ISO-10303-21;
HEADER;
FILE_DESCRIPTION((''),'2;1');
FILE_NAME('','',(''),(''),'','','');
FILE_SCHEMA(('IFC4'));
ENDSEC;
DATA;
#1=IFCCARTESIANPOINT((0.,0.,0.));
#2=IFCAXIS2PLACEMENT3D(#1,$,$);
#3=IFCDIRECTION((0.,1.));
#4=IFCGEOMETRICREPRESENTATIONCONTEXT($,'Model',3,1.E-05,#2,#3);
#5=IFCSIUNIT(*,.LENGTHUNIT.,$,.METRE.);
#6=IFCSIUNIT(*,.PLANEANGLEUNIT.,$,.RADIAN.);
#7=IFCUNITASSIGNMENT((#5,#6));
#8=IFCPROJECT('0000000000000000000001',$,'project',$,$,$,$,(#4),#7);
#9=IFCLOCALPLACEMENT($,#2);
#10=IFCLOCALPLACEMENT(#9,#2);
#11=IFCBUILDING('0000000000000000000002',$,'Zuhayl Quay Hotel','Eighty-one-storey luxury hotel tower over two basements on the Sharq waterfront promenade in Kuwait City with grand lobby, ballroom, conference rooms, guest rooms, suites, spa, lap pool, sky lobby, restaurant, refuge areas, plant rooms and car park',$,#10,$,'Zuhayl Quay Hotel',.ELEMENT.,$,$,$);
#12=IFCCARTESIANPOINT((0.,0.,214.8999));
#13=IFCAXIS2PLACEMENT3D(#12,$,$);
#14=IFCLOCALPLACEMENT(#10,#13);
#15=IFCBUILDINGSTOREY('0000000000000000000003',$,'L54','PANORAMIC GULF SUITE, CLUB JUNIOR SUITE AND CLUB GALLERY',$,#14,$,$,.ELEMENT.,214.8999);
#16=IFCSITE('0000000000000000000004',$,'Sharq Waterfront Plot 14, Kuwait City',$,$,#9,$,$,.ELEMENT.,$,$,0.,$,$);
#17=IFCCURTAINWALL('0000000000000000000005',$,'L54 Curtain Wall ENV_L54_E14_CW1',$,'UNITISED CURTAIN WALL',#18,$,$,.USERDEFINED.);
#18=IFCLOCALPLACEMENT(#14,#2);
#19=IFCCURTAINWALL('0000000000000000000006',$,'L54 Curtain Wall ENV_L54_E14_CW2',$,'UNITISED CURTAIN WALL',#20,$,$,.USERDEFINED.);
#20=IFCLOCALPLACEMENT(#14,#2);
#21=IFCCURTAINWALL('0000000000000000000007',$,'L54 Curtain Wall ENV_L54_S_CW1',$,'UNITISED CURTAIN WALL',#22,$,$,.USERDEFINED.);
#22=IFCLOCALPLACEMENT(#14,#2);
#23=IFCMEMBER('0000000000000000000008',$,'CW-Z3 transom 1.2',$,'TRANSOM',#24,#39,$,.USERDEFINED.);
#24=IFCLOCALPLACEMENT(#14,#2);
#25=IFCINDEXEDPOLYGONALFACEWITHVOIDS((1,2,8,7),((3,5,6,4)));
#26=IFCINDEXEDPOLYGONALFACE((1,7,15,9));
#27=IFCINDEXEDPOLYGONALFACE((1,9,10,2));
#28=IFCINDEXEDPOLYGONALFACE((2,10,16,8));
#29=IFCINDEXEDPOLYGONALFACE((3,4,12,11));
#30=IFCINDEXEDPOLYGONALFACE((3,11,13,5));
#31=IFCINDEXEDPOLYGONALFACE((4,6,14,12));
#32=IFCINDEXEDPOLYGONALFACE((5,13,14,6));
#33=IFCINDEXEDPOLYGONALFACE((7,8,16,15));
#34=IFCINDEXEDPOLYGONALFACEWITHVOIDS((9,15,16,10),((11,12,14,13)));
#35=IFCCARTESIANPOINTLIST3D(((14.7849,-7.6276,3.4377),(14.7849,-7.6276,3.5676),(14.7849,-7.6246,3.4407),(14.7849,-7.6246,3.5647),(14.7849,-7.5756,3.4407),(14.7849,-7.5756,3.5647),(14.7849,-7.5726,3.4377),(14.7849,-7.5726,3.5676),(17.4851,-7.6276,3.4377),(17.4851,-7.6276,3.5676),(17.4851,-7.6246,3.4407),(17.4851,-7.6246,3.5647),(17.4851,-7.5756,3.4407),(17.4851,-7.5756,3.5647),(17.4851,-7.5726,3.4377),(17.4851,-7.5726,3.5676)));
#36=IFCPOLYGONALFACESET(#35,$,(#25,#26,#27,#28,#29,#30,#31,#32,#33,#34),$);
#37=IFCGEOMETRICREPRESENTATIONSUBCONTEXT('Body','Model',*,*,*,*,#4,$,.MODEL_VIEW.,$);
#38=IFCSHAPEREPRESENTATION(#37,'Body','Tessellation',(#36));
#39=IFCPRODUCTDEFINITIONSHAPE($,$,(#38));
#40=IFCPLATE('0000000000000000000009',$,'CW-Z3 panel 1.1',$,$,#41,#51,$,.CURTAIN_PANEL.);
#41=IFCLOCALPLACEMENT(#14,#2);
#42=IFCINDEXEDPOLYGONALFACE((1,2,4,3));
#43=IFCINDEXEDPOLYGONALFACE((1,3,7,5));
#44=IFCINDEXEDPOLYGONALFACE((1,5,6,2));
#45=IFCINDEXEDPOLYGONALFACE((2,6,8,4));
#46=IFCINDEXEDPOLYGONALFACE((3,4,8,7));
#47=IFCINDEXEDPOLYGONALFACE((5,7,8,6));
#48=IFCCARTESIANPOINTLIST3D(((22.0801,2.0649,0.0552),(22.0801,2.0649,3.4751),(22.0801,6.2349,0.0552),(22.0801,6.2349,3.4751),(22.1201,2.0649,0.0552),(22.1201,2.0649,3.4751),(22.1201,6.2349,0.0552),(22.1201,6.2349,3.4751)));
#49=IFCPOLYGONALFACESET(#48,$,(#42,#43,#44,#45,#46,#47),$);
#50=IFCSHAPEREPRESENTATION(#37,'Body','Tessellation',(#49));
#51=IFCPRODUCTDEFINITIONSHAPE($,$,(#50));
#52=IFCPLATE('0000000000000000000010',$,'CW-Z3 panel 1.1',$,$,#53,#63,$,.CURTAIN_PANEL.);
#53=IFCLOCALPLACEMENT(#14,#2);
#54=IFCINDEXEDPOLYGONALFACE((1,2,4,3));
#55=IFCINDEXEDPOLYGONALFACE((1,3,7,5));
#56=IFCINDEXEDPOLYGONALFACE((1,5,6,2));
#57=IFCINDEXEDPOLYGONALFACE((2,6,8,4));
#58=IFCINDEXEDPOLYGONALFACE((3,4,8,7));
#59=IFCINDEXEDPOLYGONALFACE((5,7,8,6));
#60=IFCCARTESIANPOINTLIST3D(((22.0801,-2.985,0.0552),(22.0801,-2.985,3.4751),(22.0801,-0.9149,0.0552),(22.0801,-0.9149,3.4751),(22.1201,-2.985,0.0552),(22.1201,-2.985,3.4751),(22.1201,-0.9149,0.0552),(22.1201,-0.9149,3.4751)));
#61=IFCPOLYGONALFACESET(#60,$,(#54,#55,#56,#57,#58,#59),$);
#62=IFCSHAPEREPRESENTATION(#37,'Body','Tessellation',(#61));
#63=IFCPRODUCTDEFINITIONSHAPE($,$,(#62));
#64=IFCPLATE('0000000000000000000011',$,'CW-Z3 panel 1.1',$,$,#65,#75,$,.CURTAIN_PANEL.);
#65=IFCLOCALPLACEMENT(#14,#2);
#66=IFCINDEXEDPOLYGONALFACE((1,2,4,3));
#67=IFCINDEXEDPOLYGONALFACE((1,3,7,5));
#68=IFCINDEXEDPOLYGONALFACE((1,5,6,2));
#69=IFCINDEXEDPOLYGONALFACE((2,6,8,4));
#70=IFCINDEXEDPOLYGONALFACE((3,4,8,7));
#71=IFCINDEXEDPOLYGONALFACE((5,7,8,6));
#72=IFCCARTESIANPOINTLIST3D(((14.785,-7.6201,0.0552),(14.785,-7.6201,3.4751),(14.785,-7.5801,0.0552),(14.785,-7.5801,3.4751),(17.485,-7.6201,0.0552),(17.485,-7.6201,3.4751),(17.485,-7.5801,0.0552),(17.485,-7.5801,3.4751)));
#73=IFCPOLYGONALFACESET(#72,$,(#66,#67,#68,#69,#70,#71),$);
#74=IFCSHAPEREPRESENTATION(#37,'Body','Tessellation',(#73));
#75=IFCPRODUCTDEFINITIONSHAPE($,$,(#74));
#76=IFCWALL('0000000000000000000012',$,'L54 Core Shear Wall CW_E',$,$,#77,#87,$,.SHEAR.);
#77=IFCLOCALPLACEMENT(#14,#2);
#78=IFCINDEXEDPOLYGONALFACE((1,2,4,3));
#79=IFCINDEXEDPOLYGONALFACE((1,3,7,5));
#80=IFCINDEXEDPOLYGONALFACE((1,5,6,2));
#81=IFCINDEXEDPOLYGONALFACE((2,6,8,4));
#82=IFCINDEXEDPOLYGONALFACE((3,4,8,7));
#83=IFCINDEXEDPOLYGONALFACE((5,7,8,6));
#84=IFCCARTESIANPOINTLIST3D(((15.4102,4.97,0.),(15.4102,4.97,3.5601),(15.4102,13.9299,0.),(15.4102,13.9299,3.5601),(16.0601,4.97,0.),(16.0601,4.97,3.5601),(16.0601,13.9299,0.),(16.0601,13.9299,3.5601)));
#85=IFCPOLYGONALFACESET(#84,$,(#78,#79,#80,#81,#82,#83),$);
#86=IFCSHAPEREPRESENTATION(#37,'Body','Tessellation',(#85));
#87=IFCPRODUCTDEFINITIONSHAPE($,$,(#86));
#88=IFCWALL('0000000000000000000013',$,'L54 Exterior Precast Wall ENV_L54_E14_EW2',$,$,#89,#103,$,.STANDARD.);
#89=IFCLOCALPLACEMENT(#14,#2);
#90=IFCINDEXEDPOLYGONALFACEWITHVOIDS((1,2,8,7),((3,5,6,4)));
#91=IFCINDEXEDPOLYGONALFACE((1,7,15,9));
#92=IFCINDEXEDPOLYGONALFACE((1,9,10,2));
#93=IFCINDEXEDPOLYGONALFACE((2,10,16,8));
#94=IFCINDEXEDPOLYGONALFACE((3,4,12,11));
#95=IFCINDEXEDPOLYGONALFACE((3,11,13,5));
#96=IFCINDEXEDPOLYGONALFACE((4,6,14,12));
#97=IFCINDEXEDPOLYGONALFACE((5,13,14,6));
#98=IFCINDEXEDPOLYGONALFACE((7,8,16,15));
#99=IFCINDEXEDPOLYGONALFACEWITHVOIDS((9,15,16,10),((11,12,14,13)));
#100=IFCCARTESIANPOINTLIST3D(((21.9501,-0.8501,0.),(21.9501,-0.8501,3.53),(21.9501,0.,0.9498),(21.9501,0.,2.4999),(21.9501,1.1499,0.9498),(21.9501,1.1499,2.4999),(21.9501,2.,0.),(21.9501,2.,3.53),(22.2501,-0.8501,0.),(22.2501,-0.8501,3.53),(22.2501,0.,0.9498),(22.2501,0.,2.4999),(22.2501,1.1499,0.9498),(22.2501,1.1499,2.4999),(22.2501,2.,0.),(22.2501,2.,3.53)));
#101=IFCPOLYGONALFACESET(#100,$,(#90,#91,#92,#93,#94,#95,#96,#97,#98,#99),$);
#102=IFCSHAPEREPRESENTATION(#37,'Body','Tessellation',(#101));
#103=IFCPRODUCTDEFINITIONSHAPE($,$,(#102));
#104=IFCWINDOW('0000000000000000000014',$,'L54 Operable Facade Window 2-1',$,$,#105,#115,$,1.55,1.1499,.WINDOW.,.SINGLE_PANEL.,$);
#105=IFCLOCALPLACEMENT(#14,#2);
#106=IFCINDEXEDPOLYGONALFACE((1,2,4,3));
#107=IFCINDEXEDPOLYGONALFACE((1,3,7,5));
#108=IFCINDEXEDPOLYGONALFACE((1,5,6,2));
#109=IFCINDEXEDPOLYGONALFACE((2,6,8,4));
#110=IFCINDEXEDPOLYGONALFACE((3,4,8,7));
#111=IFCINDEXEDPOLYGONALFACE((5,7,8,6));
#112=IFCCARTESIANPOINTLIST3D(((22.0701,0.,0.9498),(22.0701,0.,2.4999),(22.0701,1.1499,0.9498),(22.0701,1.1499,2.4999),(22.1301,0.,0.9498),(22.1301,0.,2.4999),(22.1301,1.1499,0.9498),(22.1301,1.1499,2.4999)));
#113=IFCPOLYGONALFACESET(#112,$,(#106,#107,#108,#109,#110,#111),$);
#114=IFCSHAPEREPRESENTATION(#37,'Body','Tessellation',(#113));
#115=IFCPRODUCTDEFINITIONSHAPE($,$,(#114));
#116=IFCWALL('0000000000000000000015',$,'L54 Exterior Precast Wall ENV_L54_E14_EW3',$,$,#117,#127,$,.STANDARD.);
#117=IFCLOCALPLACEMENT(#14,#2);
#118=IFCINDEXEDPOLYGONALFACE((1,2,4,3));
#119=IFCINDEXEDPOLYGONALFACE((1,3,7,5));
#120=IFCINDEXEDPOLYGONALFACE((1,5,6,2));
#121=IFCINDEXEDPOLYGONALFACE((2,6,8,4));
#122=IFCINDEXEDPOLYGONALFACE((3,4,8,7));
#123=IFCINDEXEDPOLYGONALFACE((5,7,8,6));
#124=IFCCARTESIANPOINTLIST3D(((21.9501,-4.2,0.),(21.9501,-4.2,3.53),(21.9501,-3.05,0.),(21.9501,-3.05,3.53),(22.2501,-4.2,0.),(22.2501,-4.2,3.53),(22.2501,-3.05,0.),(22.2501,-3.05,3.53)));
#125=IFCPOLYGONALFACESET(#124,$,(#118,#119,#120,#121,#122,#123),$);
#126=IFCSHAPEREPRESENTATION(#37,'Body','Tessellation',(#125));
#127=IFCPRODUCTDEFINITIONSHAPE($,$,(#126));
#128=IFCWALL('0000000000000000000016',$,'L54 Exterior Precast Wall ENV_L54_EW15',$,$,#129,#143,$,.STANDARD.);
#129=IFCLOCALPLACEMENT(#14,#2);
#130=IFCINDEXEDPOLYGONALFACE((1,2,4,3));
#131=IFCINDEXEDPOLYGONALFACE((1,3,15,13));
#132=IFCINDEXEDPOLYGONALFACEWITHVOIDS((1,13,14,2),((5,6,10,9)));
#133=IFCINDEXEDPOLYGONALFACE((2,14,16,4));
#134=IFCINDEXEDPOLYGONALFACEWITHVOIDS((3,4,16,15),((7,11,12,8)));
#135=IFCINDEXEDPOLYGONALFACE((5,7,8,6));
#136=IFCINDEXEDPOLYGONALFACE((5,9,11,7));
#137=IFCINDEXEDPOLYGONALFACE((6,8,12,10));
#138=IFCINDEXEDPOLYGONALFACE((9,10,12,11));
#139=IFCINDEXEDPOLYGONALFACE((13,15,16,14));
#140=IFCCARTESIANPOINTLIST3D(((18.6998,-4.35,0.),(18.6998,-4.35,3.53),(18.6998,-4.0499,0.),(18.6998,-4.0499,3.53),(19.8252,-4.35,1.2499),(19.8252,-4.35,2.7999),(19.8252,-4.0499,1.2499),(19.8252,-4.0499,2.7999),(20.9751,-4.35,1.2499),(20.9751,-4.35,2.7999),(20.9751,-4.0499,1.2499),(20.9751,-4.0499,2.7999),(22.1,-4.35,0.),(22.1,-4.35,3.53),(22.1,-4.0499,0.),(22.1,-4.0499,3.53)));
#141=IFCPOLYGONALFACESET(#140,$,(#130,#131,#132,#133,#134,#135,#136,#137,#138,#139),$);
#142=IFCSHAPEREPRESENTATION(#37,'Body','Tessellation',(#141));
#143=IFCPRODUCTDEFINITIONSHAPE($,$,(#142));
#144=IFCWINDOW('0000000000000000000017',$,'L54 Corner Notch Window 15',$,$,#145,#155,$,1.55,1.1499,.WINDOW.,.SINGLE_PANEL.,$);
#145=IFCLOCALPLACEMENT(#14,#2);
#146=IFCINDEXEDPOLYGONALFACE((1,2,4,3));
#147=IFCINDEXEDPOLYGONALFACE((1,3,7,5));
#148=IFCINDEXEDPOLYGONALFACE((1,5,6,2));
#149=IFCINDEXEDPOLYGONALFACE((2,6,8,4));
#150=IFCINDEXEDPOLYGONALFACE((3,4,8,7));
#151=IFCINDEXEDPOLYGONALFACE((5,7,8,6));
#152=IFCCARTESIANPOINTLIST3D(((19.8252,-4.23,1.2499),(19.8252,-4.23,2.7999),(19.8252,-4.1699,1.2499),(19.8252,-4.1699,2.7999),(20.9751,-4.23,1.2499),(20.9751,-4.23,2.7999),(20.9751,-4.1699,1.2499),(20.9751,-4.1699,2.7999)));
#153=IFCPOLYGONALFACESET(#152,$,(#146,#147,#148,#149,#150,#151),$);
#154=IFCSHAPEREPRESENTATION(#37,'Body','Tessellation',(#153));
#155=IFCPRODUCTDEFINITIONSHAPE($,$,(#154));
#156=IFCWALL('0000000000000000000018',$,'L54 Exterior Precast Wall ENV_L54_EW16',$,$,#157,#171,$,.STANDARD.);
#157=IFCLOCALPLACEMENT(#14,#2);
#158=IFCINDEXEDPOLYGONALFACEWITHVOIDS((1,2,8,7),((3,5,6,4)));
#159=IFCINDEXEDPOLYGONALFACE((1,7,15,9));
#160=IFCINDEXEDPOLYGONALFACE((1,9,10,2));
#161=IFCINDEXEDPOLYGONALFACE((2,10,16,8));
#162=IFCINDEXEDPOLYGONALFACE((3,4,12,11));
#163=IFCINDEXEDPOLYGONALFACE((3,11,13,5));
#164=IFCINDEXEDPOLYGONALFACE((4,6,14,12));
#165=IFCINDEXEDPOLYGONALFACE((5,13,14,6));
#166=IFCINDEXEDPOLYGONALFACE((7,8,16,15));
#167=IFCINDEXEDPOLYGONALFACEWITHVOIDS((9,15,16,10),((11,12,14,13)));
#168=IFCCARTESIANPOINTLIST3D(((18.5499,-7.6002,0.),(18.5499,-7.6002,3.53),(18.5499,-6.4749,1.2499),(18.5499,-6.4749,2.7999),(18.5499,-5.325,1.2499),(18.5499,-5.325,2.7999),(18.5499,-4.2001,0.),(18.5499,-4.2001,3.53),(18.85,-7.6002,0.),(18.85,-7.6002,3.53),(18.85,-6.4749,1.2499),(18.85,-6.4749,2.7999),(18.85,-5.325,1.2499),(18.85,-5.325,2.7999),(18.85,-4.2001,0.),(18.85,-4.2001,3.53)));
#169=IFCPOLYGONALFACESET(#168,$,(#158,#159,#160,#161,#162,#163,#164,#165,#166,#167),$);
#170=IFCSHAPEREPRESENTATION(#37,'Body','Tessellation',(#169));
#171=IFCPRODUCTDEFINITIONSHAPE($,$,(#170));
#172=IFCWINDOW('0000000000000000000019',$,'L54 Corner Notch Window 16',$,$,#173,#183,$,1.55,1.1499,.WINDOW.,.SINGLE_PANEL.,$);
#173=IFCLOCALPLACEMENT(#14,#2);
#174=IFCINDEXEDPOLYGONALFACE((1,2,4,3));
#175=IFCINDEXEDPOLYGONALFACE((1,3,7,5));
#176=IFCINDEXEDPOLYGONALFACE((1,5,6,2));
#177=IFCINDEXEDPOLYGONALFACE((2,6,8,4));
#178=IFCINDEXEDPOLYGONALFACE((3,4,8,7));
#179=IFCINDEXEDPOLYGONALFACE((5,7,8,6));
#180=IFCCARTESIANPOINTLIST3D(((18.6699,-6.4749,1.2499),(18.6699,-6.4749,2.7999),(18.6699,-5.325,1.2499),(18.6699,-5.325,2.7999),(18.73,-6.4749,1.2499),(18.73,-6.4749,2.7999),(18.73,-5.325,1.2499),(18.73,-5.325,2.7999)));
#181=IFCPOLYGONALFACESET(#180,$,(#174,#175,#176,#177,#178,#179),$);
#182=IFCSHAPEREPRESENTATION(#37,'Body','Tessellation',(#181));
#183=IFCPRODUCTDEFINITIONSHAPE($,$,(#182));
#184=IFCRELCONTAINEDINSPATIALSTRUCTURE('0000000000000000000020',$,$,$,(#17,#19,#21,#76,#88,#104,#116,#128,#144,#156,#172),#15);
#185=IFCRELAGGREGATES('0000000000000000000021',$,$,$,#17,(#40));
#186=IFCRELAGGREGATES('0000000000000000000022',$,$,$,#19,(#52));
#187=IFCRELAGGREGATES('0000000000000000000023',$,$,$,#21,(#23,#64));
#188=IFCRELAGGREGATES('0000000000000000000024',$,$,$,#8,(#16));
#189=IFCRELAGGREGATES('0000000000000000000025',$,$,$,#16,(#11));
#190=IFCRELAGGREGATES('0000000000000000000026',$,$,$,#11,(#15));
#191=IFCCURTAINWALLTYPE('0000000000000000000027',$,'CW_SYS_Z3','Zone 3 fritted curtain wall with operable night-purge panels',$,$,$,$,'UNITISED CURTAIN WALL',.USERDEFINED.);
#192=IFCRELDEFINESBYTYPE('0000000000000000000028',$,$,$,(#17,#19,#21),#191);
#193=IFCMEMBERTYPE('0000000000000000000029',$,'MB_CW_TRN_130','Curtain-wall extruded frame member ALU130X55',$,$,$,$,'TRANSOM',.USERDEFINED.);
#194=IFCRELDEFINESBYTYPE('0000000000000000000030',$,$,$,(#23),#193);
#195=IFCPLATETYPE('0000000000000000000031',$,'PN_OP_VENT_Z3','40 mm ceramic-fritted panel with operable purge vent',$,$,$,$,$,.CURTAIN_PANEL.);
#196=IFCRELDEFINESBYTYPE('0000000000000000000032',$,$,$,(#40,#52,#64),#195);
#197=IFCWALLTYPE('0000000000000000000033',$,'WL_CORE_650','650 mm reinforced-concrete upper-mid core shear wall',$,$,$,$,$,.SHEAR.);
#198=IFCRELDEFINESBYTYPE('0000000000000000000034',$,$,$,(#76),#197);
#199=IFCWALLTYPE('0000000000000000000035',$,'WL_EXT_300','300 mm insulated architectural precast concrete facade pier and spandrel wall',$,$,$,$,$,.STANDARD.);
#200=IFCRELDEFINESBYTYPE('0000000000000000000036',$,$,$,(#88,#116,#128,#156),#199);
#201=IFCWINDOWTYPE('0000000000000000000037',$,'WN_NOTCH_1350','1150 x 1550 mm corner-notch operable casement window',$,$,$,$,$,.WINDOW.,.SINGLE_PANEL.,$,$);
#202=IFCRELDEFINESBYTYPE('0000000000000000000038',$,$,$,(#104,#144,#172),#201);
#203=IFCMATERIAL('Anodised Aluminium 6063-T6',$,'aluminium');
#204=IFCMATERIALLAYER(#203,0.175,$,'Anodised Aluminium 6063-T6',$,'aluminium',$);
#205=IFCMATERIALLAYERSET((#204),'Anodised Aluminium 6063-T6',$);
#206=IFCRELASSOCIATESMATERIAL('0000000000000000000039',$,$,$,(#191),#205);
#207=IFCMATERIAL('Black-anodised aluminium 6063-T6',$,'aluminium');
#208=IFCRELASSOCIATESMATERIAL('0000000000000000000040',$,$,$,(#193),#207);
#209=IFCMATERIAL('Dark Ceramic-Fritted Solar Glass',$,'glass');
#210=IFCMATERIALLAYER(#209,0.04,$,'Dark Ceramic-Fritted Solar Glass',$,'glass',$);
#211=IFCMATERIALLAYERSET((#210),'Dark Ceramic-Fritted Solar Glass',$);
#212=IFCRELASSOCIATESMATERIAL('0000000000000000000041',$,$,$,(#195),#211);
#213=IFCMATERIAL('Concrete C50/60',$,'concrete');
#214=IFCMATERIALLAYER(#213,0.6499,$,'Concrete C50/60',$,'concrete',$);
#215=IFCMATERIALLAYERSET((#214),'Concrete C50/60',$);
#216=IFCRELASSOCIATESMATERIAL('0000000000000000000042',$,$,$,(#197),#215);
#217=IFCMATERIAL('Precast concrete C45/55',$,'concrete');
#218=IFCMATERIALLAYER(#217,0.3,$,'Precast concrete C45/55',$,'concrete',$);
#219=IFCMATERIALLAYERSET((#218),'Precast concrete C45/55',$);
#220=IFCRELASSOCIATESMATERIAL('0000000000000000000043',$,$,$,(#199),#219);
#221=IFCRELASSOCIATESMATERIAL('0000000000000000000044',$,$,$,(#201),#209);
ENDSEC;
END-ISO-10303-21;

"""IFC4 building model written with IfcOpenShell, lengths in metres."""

from ifc_helpers import new_model, si_unit, direction, frame, frame_2d, origin, origin_2d, place, context, subcontext, project, spatial, rectangle, hollow_rectangle, extrude, material, layer, layer_set, material_profile, profile_set, type_object, element, fill, aggregate, save


model = new_model("IFC4")

# Units and contexts
model_context = context("Model", 3, precision=1e-05, world=origin(), true_north=direction((0.0, 1.0)))
body_context = subcontext(model_context, "Body", "Model", "MODEL_VIEW")
ifc_project = project(units=[si_unit("LENGTHUNIT", "METRE"), si_unit("PLANEANGLEUNIT", "RADIAN")], contexts=[model_context])

# Site, building, storey
site_placement = place(None, origin())
site = spatial("IfcSite", under=ifc_project, at=site_placement, Name="Sharq Waterfront Plot 14, Kuwait City", CompositionType="ELEMENT", RefElevation=0.0)
building_placement = place(site_placement, origin())
building = spatial("IfcBuilding", under=site, at=building_placement, Name="Zuhayl Quay Hotel", Description="Eighty-one-storey luxury hotel tower over two basements on the Sharq waterfront promenade in Kuwait City with grand lobby, ballroom, conference rooms, guest rooms, suites, spa, lap pool, sky lobby, restaurant, refuge areas, plant rooms and car park", LongName="Zuhayl Quay Hotel", CompositionType="ELEMENT")
storey_placement = place(building_placement, frame((0.0, 0.0, 214.8999)))
storey = spatial("IfcBuildingStorey", under=building, at=storey_placement, Name="L54", Description="PANORAMIC GULF SUITE, CLUB JUNIOR SUITE AND CLUB GALLERY", CompositionType="ELEMENT", Elevation=214.8999)

# Curtain walls
ifc_material_1 = material(Name="Anodised Aluminium 6063-T6", Category="aluminium")
ifc_layer_1 = layer(ifc_material_1, 0.175, Name="Anodised Aluminium 6063-T6", Category="aluminium")
ifc_layer_set_1 = layer_set([ifc_layer_1], Name="Anodised Aluminium 6063-T6")
curtain_wall_type = type_object("IfcCurtainWallType", Name="CW_SYS_Z3", Description="Zone 3 fritted curtain wall with operable night-purge panels", ElementType="UNITISED CURTAIN WALL", PredefinedType="USERDEFINED", material=ifc_layer_set_1)
curtain_wall_1_placement = place(storey_placement, origin())
curtain_wall_1 = element("IfcCurtainWall", 1, at=curtain_wall_1_placement, inside=storey, type_object=curtain_wall_type, Name="L54 Curtain Wall ENV_L54_E14_CW1", ObjectType="UNITISED CURTAIN WALL", PredefinedType="USERDEFINED")
ifc_material_2 = material(Name="Black-anodised aluminium 6063-T6", Category="aluminium")
curtain_wall_2_placement = place(storey_placement, origin())
curtain_wall_2 = element("IfcCurtainWall", 2, at=curtain_wall_2_placement, inside=storey, type_object=curtain_wall_type, Name="L54 Curtain Wall ENV_L54_E14_CW2", ObjectType="UNITISED CURTAIN WALL", PredefinedType="USERDEFINED")
curtain_wall_3_placement = place(storey_placement, origin())
curtain_wall_3 = element("IfcCurtainWall", 3, at=curtain_wall_3_placement, inside=storey, type_object=curtain_wall_type, Name="L54 Curtain Wall ENV_L54_S_CW1", ObjectType="UNITISED CURTAIN WALL", PredefinedType="USERDEFINED")

# Member
ifc_material_profile_1 = material_profile(ifc_material_2, hollow_rectangle(XDim=0.0549, YDim=0.1299, WallThickness=0.0029, at=origin_2d()), Name="ALU130X55")
ifc_profile_set_1 = profile_set([ifc_material_profile_1], Name="Black-anodised aluminium 6063-T6")
member_type_1 = type_object("IfcMemberType", Name="MB_CW_TRN_130", Description="Curtain-wall extruded frame member ALU130X55", ElementType="TRANSOM", PredefinedType="USERDEFINED", material=ifc_profile_set_1)
member_1_placement = place(storey_placement, frame((17.4851, -7.6001, 3.5027), z_axis=(-1.0, 0.0, 0.0), x_axis=(0.0, -1.0, 0.0)))
member_1 = element("IfcMember", 4, at=member_1_placement, type_object=member_type_1, Name="CW-Z3 transom 1.2", ObjectType="TRANSOM", PredefinedType="USERDEFINED", context=body_context, shape_type="SweptSolid", body=[
    extrude(hollow_rectangle(XDim=0.0549, YDim=0.1299, WallThickness=0.0029, at=origin_2d()), origin(), (0.0, 0.0, 1.0), 2.7002),
])

# Plates
ifc_material_3 = material(Name="Dark Ceramic-Fritted Solar Glass", Category="glass")
ifc_layer_2 = layer(ifc_material_3, 0.04, Name="Dark Ceramic-Fritted Solar Glass", Category="glass")
ifc_layer_set_2 = layer_set([ifc_layer_2], Name="Dark Ceramic-Fritted Solar Glass")
plate_type = type_object("IfcPlateType", Name="PN_OP_VENT_Z3", Description="40 mm ceramic-fritted panel with operable purge vent", PredefinedType="CURTAIN_PANEL", material=ifc_layer_set_2)
plate_1_placement = place(storey_placement, frame((22.1001, 4.1499, 0.0552), z_axis=(0.0, 0.0, 1.0), x_axis=(0.0, -1.0, 0.0)))
plate_1 = element("IfcPlate", 5, at=plate_1_placement, type_object=plate_type, Name="CW-Z3 panel 1.1", PredefinedType="CURTAIN_PANEL", context=body_context, shape_type="SweptSolid", body=[
    extrude(rectangle(XDim=4.1699, YDim=0.04, at=origin_2d()), origin(), (0.0, 0.0, 1.0), 3.4199),
])
aggregate(curtain_wall_1, [plate_1])
plate_2_placement = place(storey_placement, frame((22.1001, -1.95, 0.0552), z_axis=(0.0, 0.0, 1.0), x_axis=(0.0, -1.0, 0.0)))
plate_2 = element("IfcPlate", 6, at=plate_2_placement, type_object=plate_type, Name="CW-Z3 panel 1.1", PredefinedType="CURTAIN_PANEL", context=body_context, shape_type="SweptSolid", body=[
    extrude(rectangle(XDim=2.0701, YDim=0.04, at=origin_2d()), origin(), (0.0, 0.0, 1.0), 3.4199),
])
aggregate(curtain_wall_2, [plate_2])
plate_3_placement = place(storey_placement, frame((16.135, -7.6001, 0.0552), z_axis=(0.0, 0.0, 1.0), x_axis=(-1.0, 0.0, 0.0)))
plate_3 = element("IfcPlate", 7, at=plate_3_placement, type_object=plate_type, Name="CW-Z3 panel 1.1", PredefinedType="CURTAIN_PANEL", context=body_context, shape_type="SweptSolid", body=[
    extrude(rectangle(XDim=2.7, YDim=0.04, at=origin_2d()), origin(), (0.0, 0.0, 1.0), 3.4199),
])
aggregate(curtain_wall_3, [member_1, plate_3])

# Wall
ifc_material_4 = material(Name="Concrete C50/60", Category="concrete")
ifc_layer_3 = layer(ifc_material_4, 0.6499, Name="Concrete C50/60", Category="concrete")
ifc_layer_set_3 = layer_set([ifc_layer_3], Name="Concrete C50/60")
wall_type_1 = type_object("IfcWallType", Name="WL_CORE_650", Description="650 mm reinforced-concrete upper-mid core shear wall", PredefinedType="SHEAR", material=ifc_layer_set_3)
wall_1_placement = place(storey_placement, frame((15.7351, 4.97, 0.0), z_axis=(0.0, 0.0, 1.0), x_axis=(0.0, 1.0, 0.0)))
element("IfcWall", 8, at=wall_1_placement, inside=storey, type_object=wall_type_1, Name="L54 Core Shear Wall CW_E", PredefinedType="SHEAR", context=body_context, shape_type="SweptSolid", body=[
    extrude(rectangle(XDim=8.96, YDim=0.6499, at=frame_2d((4.48, 0.0))), origin(), (0.0, 0.0, 1.0), 3.5601),
])

# Wall, opening, window
ifc_material_5 = material(Name="Precast concrete C45/55", Category="concrete")
ifc_layer_4 = layer(ifc_material_5, 0.3, Name="Precast concrete C45/55", Category="concrete")
ifc_layer_set_4 = layer_set([ifc_layer_4], Name="Precast concrete C45/55")
wall_type_2 = type_object("IfcWallType", Name="WL_EXT_300", Description="300 mm insulated architectural precast concrete facade pier and spandrel wall", PredefinedType="STANDARD", material=ifc_layer_set_4)
wall_2_placement = place(storey_placement, frame((22.1001, 2.0, 0.0), z_axis=(0.0, 0.0, 1.0), x_axis=(0.0, -1.0, 0.0)))
wall_2 = element("IfcWall", 9, at=wall_2_placement, inside=storey, type_object=wall_type_2, Name="L54 Exterior Precast Wall ENV_L54_E14_EW2", PredefinedType="STANDARD", context=body_context, shape_type="SweptSolid", body=[
    extrude(rectangle(XDim=2.8501, YDim=0.3, at=frame_2d((1.425, 0.0))), origin(), (0.0, 0.0, 1.0), 3.53),
])
opening_1_placement = place(wall_2_placement, frame((0.8501, 0.0, 0.95)))
opening_1 = element("IfcOpeningElement", 10, at=opening_1_placement, cuts=wall_2, PredefinedType="OPENING", context=body_context, shape_type="SweptSolid", body=[
    extrude(rectangle(XDim=1.1499, YDim=1.55, at=frame_2d((0.575, 0.7749))), frame((0.0, 0.1599, 0.0), z_axis=(0.0, -1.0, 0.0), x_axis=(1.0, 0.0, 0.0)), (0.0, 0.0, 1.0), 0.3201),
])
window_type = type_object("IfcWindowType", Name="WN_NOTCH_1350", Description="1150 x 1550 mm corner-notch operable casement window", PartitioningType="SINGLE_PANEL", PredefinedType="WINDOW", material=ifc_material_3)
window_1_placement = place(opening_1_placement, origin())
window_1 = element("IfcWindow", 11, at=window_1_placement, inside=storey, type_object=window_type, Name="L54 Operable Facade Window 2-1", OverallHeight=1.55, OverallWidth=1.1499, PartitioningType="SINGLE_PANEL", PredefinedType="WINDOW", context=body_context, shape_type="SweptSolid", body=[
    extrude(rectangle(XDim=1.1499, YDim=1.55, at=frame_2d((0.575, 0.7749))), frame((0.0, 0.03, 0.0), z_axis=(0.0, -1.0, 0.0), x_axis=(1.0, 0.0, 0.0)), (0.0, 0.0, 1.0), 0.0601),
])
fill(opening_1, window_1)

# Wall
wall_3_placement = place(storey_placement, frame((22.1001, -3.05, 0.0), z_axis=(0.0, 0.0, 1.0), x_axis=(0.0, -1.0, 0.0)))
element("IfcWall", 12, at=wall_3_placement, inside=storey, type_object=wall_type_2, Name="L54 Exterior Precast Wall ENV_L54_E14_EW3", PredefinedType="STANDARD", context=body_context, shape_type="SweptSolid", body=[
    extrude(rectangle(XDim=1.1499, YDim=0.3, at=frame_2d((0.575, 0.0))), origin(), (0.0, 0.0, 1.0), 3.53),
])

# Walls, openings, windows
wall_4_placement = place(storey_placement, frame((22.1001, -4.2, 0.0), z_axis=(0.0, 0.0, 1.0), x_axis=(-1.0, 0.0, 0.0)))
wall_4 = element("IfcWall", 13, at=wall_4_placement, inside=storey, type_object=wall_type_2, Name="L54 Exterior Precast Wall ENV_L54_EW15", PredefinedType="STANDARD", context=body_context, shape_type="SweptSolid", body=[
    extrude(rectangle(XDim=3.4001, YDim=0.3, at=frame_2d((1.7002, 0.0))), origin(), (0.0, 0.0, 1.0), 3.53),
])
opening_2_placement = place(wall_4_placement, frame((1.125, 0.0, 1.25)))
opening_2 = element("IfcOpeningElement", 14, at=opening_2_placement, cuts=wall_4, PredefinedType="OPENING", context=body_context, shape_type="SweptSolid", body=[
    extrude(rectangle(XDim=1.1499, YDim=1.55, at=frame_2d((0.575, 0.7749))), frame((0.0, 0.1599, 0.0), z_axis=(0.0, -1.0, 0.0), x_axis=(1.0, 0.0, 0.0)), (0.0, 0.0, 1.0), 0.3201),
])
window_2_placement = place(opening_2_placement, origin())
window_2 = element("IfcWindow", 15, at=window_2_placement, inside=storey, type_object=window_type, Name="L54 Corner Notch Window 15", OverallHeight=1.55, OverallWidth=1.1499, PartitioningType="SINGLE_PANEL", PredefinedType="WINDOW", context=body_context, shape_type="SweptSolid", body=[
    extrude(rectangle(XDim=1.1499, YDim=1.55, at=frame_2d((0.575, 0.7749))), frame((0.0, 0.03, 0.0), z_axis=(0.0, -1.0, 0.0), x_axis=(1.0, 0.0, 0.0)), (0.0, 0.0, 1.0), 0.0601),
])
fill(opening_2, window_2)
wall_5_placement = place(storey_placement, frame((18.7, -4.2, 0.0), z_axis=(0.0, 0.0, 1.0), x_axis=(0.0, -1.0, 0.0)))
wall_5 = element("IfcWall", 16, at=wall_5_placement, inside=storey, type_object=wall_type_2, Name="L54 Exterior Precast Wall ENV_L54_EW16", PredefinedType="STANDARD", context=body_context, shape_type="SweptSolid", body=[
    extrude(rectangle(XDim=3.4001, YDim=0.3, at=frame_2d((1.7002, 0.0))), origin(), (0.0, 0.0, 1.0), 3.53),
])
opening_3_placement = place(wall_5_placement, frame((1.125, 0.0, 1.25)))
opening_3 = element("IfcOpeningElement", 17, at=opening_3_placement, cuts=wall_5, PredefinedType="OPENING", context=body_context, shape_type="SweptSolid", body=[
    extrude(rectangle(XDim=1.1499, YDim=1.55, at=frame_2d((0.575, 0.7749))), frame((0.0, 0.1599, 0.0), z_axis=(0.0, -1.0, 0.0), x_axis=(1.0, 0.0, 0.0)), (0.0, 0.0, 1.0), 0.3201),
])
window_3_placement = place(opening_3_placement, origin())
window_3 = element("IfcWindow", 18, at=window_3_placement, inside=storey, type_object=window_type, Name="L54 Corner Notch Window 16", OverallHeight=1.55, OverallWidth=1.1499, PartitioningType="SINGLE_PANEL", PredefinedType="WINDOW", context=body_context, shape_type="SweptSolid", body=[
    extrude(rectangle(XDim=1.1499, YDim=1.55, at=frame_2d((0.575, 0.7749))), frame((0.0, 0.03, 0.0), z_axis=(0.0, -1.0, 0.0), x_axis=(1.0, 0.0, 0.0)), (0.0, 0.0, 1.0), 0.0601),
])
fill(opening_3, window_3)

save(model, "model.ifc")
